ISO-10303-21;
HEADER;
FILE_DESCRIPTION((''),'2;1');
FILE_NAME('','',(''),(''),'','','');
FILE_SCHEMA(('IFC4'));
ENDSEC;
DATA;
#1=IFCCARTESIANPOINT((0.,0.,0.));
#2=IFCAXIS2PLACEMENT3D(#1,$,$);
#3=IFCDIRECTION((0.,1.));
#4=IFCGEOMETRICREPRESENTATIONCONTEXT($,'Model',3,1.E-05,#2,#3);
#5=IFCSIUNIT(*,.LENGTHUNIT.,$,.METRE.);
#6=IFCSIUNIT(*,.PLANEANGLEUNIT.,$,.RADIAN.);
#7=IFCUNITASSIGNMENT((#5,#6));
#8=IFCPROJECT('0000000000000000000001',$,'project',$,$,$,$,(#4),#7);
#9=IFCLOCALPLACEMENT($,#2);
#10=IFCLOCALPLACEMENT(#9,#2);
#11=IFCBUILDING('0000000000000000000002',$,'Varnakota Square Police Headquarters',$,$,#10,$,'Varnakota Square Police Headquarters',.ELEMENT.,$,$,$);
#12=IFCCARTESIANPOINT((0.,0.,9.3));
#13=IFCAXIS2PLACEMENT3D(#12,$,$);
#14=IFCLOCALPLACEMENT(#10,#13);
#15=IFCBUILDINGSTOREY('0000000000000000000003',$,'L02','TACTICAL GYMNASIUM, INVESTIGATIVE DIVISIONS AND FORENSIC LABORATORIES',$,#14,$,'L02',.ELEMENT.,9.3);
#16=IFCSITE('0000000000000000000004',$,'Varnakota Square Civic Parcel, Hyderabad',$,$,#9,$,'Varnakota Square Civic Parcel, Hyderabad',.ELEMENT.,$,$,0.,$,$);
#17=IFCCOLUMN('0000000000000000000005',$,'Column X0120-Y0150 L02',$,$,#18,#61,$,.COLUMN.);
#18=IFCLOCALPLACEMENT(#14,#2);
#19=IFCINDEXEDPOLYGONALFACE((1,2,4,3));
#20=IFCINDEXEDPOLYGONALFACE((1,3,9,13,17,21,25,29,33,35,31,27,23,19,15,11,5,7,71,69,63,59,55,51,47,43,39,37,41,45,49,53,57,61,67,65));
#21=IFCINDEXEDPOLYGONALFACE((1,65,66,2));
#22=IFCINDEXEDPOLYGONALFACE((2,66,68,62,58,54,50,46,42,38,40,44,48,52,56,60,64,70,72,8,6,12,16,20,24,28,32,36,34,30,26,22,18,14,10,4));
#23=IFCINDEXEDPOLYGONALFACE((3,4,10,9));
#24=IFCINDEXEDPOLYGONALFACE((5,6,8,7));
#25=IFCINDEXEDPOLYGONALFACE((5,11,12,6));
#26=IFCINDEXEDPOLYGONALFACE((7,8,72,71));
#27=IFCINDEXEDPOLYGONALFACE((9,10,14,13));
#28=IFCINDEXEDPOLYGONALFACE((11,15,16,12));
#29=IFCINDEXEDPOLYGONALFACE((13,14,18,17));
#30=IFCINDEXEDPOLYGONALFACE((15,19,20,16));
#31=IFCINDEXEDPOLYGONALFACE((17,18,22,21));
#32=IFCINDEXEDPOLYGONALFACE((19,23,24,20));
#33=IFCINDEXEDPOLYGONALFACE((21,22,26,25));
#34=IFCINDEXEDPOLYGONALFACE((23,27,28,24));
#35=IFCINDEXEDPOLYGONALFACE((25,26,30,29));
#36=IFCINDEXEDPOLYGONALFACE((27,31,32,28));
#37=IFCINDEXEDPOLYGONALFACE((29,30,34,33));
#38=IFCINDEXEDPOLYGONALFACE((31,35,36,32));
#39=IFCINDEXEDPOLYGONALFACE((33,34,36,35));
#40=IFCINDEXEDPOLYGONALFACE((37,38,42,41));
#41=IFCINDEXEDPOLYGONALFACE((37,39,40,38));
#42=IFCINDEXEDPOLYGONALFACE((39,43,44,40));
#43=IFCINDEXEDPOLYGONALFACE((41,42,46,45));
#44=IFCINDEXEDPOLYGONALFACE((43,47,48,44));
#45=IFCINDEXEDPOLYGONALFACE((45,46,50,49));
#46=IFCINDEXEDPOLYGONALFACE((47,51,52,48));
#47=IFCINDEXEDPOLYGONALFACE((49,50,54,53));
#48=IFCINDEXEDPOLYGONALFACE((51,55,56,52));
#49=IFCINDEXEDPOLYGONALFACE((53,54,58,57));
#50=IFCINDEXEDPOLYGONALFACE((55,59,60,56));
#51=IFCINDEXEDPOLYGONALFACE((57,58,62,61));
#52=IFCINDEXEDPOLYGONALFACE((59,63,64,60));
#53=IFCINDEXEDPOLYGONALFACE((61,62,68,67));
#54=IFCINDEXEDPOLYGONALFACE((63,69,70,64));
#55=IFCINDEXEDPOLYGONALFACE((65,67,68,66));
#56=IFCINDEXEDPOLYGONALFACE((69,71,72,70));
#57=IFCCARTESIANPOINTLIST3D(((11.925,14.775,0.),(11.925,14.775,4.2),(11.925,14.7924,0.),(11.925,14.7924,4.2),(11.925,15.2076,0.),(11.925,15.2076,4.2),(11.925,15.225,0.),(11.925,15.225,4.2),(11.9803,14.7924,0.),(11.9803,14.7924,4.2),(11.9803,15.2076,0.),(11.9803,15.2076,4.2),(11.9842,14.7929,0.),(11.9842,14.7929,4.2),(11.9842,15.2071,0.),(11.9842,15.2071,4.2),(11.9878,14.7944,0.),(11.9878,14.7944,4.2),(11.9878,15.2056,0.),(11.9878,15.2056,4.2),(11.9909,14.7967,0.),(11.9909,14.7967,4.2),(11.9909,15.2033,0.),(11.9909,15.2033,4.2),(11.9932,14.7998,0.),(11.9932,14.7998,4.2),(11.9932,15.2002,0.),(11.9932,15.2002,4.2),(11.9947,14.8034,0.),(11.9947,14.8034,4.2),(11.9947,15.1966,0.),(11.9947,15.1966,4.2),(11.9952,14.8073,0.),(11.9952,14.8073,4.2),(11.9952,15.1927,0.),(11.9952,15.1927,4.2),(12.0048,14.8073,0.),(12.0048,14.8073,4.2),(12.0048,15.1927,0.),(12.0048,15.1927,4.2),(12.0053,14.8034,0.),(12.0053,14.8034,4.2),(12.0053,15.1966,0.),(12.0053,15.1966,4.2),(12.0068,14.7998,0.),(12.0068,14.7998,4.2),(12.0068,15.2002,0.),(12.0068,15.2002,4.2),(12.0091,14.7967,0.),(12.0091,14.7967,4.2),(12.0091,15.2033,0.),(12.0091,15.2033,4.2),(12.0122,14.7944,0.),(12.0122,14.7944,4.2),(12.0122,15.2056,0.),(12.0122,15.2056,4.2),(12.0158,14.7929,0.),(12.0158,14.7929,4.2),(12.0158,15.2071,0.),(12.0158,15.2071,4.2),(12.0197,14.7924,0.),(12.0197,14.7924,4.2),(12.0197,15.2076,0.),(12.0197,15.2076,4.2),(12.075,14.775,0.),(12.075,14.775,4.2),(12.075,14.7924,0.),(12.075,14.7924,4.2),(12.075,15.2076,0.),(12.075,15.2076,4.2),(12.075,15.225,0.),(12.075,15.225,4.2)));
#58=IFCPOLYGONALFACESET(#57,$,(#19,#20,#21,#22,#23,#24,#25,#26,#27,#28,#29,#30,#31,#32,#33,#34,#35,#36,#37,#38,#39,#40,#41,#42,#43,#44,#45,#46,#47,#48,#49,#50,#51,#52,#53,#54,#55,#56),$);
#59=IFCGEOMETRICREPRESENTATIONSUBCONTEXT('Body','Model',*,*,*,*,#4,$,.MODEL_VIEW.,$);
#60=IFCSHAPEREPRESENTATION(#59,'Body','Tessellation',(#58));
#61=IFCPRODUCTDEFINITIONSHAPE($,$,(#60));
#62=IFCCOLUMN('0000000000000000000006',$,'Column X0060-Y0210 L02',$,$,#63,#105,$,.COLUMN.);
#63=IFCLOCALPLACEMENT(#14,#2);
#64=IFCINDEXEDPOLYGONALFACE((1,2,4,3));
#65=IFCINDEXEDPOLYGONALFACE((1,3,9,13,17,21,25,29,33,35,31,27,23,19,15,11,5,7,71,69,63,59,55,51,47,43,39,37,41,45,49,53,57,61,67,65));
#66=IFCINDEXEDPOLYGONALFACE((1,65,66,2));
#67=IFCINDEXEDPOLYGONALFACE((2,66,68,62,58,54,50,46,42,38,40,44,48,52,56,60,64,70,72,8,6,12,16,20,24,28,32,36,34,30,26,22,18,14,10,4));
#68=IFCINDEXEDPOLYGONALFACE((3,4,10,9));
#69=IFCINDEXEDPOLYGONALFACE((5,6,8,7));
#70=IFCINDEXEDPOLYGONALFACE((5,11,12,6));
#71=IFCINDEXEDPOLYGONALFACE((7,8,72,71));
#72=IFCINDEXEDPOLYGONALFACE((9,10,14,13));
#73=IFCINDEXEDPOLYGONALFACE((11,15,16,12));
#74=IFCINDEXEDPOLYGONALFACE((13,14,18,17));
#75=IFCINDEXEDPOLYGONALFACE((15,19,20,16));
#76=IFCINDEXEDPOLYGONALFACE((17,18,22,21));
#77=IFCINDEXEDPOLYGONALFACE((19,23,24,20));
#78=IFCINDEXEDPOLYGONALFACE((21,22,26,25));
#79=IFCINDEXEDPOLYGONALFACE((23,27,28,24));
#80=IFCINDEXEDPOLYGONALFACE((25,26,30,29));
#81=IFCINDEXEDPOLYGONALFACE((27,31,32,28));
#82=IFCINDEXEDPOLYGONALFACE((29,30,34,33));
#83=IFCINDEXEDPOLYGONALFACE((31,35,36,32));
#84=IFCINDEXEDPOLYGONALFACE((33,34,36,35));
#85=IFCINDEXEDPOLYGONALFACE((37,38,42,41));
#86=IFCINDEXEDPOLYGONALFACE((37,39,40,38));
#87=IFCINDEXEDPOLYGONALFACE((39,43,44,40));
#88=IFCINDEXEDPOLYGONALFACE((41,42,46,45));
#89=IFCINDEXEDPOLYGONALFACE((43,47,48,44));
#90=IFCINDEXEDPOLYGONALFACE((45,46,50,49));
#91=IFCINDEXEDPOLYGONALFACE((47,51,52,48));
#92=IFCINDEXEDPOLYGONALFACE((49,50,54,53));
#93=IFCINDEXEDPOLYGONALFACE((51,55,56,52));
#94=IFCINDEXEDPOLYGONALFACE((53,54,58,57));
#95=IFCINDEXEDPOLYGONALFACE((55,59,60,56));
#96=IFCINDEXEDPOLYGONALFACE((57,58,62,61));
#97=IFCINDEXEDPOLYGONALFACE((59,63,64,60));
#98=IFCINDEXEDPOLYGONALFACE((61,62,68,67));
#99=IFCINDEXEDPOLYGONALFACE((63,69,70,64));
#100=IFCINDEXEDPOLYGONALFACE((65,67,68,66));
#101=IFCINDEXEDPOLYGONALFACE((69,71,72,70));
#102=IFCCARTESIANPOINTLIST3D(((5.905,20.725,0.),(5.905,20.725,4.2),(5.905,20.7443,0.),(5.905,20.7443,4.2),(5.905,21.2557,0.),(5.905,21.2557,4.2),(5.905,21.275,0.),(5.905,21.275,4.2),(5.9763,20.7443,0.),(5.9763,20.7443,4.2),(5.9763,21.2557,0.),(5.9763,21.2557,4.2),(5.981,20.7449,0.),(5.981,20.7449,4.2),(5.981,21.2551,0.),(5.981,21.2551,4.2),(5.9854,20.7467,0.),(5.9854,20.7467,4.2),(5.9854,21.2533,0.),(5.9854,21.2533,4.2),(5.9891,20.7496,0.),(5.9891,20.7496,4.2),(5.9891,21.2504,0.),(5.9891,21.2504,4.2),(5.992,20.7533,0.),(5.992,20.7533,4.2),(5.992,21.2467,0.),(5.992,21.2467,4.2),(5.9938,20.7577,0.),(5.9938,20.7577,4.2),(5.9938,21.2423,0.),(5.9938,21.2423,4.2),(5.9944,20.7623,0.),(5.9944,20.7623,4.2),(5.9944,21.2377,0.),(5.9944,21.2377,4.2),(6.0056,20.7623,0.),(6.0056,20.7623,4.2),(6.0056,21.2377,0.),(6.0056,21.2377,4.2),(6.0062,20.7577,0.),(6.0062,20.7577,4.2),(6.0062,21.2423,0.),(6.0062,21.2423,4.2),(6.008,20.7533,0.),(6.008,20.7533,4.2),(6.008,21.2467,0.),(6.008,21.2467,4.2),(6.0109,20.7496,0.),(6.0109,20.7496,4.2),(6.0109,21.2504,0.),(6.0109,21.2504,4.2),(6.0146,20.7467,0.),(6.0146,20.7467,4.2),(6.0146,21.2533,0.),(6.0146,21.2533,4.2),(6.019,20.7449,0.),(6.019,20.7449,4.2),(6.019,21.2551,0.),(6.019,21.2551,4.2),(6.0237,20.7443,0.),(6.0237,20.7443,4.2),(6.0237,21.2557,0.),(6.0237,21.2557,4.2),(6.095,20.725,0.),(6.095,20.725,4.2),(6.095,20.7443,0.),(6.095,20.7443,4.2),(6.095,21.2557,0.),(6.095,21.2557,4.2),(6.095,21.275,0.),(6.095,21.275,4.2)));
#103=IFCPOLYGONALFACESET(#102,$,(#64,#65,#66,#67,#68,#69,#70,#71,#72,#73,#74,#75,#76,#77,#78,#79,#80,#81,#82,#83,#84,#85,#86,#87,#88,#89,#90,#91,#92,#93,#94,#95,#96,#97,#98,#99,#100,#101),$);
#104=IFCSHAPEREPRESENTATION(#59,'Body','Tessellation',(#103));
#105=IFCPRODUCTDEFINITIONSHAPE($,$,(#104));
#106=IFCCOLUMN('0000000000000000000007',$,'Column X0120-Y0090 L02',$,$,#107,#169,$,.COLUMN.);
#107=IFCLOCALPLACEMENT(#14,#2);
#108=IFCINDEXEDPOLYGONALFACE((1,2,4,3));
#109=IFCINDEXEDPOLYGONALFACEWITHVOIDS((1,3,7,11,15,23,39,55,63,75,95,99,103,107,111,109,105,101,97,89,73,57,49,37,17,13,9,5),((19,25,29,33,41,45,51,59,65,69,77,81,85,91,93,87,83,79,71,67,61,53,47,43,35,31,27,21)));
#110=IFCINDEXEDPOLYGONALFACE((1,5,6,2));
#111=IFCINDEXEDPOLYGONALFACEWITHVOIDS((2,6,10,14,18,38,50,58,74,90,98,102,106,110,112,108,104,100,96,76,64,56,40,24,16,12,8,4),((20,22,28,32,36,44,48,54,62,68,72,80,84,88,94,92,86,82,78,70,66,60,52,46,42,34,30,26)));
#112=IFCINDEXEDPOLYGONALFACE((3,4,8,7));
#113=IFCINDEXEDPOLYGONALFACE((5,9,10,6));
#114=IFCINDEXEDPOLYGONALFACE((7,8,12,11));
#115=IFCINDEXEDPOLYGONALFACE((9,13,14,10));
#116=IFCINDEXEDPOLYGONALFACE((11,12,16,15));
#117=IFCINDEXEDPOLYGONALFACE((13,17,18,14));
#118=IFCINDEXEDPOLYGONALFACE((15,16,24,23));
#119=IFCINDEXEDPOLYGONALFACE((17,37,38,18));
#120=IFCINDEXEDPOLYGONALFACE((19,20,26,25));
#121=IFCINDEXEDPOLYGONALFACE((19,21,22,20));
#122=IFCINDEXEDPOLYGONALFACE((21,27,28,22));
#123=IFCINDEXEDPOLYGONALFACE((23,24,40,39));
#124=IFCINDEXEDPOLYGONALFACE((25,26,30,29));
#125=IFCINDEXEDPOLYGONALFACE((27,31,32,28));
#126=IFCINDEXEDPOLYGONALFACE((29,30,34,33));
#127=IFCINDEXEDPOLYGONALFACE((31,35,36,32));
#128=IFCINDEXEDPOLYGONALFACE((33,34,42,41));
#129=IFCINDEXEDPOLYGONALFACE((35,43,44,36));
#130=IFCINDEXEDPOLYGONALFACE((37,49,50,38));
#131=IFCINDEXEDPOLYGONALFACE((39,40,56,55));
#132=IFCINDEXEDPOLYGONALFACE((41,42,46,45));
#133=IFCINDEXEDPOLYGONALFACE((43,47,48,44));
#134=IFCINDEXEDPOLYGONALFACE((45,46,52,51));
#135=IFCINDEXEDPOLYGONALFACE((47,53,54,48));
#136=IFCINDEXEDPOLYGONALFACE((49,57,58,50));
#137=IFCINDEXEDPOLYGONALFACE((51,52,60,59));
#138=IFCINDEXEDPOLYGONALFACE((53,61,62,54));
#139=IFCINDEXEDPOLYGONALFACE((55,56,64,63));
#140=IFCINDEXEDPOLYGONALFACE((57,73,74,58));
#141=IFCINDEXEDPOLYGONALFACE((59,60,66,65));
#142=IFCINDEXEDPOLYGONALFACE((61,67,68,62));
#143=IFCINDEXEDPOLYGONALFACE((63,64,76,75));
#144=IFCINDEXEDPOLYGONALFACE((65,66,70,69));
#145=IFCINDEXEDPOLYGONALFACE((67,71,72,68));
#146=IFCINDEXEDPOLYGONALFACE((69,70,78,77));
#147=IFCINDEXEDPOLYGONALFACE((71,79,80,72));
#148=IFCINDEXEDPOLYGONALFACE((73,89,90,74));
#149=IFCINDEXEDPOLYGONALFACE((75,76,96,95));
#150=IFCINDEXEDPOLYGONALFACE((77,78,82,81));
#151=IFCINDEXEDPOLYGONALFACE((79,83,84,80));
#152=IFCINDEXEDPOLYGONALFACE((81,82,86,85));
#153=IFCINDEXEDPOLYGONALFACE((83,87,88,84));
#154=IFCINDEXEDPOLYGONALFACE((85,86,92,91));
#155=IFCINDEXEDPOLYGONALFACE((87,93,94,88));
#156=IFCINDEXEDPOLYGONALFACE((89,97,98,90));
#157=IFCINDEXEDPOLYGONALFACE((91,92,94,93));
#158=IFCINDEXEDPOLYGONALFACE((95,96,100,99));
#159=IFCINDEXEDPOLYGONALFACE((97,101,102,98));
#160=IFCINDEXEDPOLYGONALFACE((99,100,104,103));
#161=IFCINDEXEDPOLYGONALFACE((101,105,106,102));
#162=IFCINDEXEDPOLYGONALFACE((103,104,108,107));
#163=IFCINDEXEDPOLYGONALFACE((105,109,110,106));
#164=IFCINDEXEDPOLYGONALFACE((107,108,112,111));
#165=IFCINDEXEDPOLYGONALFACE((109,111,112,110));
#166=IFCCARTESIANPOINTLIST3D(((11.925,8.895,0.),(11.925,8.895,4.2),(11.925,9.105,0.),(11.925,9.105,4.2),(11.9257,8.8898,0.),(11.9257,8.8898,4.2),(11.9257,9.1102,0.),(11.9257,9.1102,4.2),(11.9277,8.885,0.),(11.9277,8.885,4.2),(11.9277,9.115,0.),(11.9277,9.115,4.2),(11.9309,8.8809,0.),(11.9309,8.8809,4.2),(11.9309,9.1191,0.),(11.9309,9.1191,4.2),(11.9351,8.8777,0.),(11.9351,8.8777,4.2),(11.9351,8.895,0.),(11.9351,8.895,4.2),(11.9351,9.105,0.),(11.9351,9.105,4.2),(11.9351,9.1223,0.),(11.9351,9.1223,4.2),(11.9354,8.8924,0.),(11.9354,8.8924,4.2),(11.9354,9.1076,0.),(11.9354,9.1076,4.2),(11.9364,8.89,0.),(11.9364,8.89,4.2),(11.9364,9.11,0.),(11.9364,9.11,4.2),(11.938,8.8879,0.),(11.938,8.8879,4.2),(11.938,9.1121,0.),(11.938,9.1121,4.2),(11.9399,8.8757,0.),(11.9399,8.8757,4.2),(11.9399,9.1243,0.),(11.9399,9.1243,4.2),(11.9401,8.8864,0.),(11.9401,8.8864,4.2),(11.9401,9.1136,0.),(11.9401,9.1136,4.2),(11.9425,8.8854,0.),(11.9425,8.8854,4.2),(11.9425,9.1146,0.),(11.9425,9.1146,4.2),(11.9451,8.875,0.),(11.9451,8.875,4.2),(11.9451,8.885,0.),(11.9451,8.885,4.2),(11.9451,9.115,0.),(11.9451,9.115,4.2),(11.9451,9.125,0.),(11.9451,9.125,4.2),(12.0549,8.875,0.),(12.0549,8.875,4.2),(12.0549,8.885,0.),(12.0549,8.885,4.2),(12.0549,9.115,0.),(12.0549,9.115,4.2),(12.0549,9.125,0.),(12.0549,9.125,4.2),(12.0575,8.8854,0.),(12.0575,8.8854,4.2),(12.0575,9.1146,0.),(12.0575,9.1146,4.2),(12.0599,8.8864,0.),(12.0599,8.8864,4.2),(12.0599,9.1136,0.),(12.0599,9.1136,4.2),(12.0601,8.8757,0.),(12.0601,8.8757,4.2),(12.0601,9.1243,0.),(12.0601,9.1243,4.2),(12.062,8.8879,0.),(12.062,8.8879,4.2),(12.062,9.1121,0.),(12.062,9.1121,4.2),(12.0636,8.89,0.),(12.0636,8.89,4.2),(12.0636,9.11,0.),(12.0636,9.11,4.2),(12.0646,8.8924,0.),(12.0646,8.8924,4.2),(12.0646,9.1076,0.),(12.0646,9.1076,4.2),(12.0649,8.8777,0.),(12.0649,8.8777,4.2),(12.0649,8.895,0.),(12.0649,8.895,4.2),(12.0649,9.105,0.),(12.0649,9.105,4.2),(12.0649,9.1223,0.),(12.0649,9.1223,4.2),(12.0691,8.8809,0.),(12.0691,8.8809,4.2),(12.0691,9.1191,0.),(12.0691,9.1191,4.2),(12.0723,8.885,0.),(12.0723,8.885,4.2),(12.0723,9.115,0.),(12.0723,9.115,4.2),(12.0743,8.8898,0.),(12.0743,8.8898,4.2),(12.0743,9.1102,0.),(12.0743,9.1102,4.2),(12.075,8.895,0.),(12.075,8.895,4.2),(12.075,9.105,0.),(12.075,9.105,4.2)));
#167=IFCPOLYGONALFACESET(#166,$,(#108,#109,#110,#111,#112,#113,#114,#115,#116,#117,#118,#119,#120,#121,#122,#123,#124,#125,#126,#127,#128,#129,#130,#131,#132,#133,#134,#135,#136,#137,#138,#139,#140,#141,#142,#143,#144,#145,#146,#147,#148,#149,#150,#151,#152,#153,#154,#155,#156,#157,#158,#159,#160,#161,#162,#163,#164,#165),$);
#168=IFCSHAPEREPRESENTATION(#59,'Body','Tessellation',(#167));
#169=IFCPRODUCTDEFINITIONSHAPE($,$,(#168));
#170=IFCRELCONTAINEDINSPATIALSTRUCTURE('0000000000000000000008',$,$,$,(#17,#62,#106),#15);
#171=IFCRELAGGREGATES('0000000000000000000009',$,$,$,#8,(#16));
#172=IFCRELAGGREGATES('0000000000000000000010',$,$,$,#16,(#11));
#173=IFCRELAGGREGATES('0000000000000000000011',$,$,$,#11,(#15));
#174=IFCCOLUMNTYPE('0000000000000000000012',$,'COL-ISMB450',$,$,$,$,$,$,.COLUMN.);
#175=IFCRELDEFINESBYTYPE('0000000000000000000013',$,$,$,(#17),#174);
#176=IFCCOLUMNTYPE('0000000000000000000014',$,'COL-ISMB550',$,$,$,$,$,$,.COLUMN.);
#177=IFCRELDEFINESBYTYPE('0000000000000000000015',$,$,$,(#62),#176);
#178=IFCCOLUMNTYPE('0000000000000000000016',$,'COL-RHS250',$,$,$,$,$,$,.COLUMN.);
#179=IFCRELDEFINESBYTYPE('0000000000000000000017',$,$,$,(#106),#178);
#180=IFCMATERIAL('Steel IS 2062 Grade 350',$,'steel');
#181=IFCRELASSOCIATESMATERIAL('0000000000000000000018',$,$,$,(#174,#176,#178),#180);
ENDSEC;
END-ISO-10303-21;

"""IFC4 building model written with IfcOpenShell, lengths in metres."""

from ifc_helpers import new_model, si_unit, direction, frame, origin, origin_2d, place, context, subcontext, project, spatial, hollow_rectangle, i_section, extrude, material, material_profile, profile_set, type_object, element, save


model = new_model("IFC4")

# Units and contexts
model_context = context("Model", 3, precision=1e-05, world=origin(), true_north=direction((0.0, 1.0)))
body_context = subcontext(model_context, "Body", "Model", "MODEL_VIEW")
ifc_project = project(units=[si_unit("LENGTHUNIT", "METRE"), si_unit("PLANEANGLEUNIT", "RADIAN")], contexts=[model_context])

# Site, building, storey
site_placement = place(None, origin())
site = spatial("IfcSite", under=ifc_project, at=site_placement, Name="Varnakota Square Civic Parcel, Hyderabad", LongName="Varnakota Square Civic Parcel, Hyderabad", CompositionType="ELEMENT", RefElevation=0.0)
building_placement = place(site_placement, origin())
building = spatial("IfcBuilding", under=site, at=building_placement, Name="Varnakota Square Police Headquarters", LongName="Varnakota Square Police Headquarters", CompositionType="ELEMENT")
storey_placement = place(building_placement, frame((0.0, 0.0, 9.3)))
storey = spatial("IfcBuildingStorey", under=building, at=storey_placement, Name="L02", Description="TACTICAL GYMNASIUM, INVESTIGATIVE DIVISIONS AND FORENSIC LABORATORIES", LongName="L02", CompositionType="ELEMENT", Elevation=9.3)

# Columns
ifc_material_1 = material(Name="Steel IS 2062 Grade 350", Category="steel")
ifc_material_profile_1 = material_profile(ifc_material_1, i_section(OverallWidth=0.1499, OverallDepth=0.45, WebThickness=0.0095, FlangeThickness=0.0173, FilletRadius=0.0149, at=origin_2d()), Name="ISMB 450")
ifc_profile_set_1 = profile_set([ifc_material_profile_1], Name="Steel IS 2062 Grade 350")
column_type_1 = type_object("IfcColumnType", Name="COL-ISMB450", PredefinedType="COLUMN", material=ifc_profile_set_1)
column_1_placement = place(storey_placement, frame((12.0, 15.0, 0.0), z_axis=(0.0, 0.0, 1.0), x_axis=(1.0, 0.0, 0.0)))
element("IfcColumn", 1, at=column_1_placement, inside=storey, type_object=column_type_1, Name="Column X0120-Y0150 L02", PredefinedType="COLUMN", context=body_context, shape_type="SweptSolid", body=[
    extrude(i_section(OverallWidth=0.1499, OverallDepth=0.45, WebThickness=0.0095, FlangeThickness=0.0173, FilletRadius=0.0149, at=origin_2d()), origin(), (0.0, 0.0, 1.0), 4.2),
])
ifc_material_profile_2 = material_profile(ifc_material_1, i_section(OverallWidth=0.1899, OverallDepth=0.55, WebThickness=0.0112, FlangeThickness=0.0193, FilletRadius=0.0181, at=origin_2d()), Name="ISMB 550")
ifc_profile_set_2 = profile_set([ifc_material_profile_2], Name="Steel IS 2062 Grade 350")
column_type_2 = type_object("IfcColumnType", Name="COL-ISMB550", PredefinedType="COLUMN", material=ifc_profile_set_2)
column_2_placement = place(storey_placement, frame((6.0, 21.0, 0.0), z_axis=(0.0, 0.0, 1.0), x_axis=(1.0, 0.0, 0.0)))
element("IfcColumn", 2, at=column_2_placement, inside=storey, type_object=column_type_2, Name="Column X0060-Y0210 L02", PredefinedType="COLUMN", context=body_context, shape_type="SweptSolid", body=[
    extrude(i_section(OverallWidth=0.1899, OverallDepth=0.55, WebThickness=0.0112, FlangeThickness=0.0193, FilletRadius=0.0181, at=origin_2d()), origin(), (0.0, 0.0, 1.0), 4.2),
])
ifc_material_profile_3 = material_profile(ifc_material_1, hollow_rectangle(XDim=0.1499, YDim=0.25, WallThickness=0.01, InnerFilletRadius=0.01, OuterFilletRadius=0.02, at=origin_2d()), Name="RHS 250x150x10")
ifc_profile_set_3 = profile_set([ifc_material_profile_3], Name="Steel IS 2062 Grade 350")
column_type_3 = type_object("IfcColumnType", Name="COL-RHS250", PredefinedType="COLUMN", material=ifc_profile_set_3)
column_3_placement = place(storey_placement, frame((12.0, 9.0, 0.0), z_axis=(0.0, 0.0, 1.0), x_axis=(1.0, 0.0, 0.0)))
element("IfcColumn", 3, at=column_3_placement, inside=storey, type_object=column_type_3, Name="Column X0120-Y0090 L02", PredefinedType="COLUMN", context=body_context, shape_type="SweptSolid", body=[
    extrude(hollow_rectangle(XDim=0.1499, YDim=0.25, WallThickness=0.01, InnerFilletRadius=0.01, OuterFilletRadius=0.02, at=origin_2d()), origin(), (0.0, 0.0, 1.0), 4.2),
])

save(model, "model.ifc")
